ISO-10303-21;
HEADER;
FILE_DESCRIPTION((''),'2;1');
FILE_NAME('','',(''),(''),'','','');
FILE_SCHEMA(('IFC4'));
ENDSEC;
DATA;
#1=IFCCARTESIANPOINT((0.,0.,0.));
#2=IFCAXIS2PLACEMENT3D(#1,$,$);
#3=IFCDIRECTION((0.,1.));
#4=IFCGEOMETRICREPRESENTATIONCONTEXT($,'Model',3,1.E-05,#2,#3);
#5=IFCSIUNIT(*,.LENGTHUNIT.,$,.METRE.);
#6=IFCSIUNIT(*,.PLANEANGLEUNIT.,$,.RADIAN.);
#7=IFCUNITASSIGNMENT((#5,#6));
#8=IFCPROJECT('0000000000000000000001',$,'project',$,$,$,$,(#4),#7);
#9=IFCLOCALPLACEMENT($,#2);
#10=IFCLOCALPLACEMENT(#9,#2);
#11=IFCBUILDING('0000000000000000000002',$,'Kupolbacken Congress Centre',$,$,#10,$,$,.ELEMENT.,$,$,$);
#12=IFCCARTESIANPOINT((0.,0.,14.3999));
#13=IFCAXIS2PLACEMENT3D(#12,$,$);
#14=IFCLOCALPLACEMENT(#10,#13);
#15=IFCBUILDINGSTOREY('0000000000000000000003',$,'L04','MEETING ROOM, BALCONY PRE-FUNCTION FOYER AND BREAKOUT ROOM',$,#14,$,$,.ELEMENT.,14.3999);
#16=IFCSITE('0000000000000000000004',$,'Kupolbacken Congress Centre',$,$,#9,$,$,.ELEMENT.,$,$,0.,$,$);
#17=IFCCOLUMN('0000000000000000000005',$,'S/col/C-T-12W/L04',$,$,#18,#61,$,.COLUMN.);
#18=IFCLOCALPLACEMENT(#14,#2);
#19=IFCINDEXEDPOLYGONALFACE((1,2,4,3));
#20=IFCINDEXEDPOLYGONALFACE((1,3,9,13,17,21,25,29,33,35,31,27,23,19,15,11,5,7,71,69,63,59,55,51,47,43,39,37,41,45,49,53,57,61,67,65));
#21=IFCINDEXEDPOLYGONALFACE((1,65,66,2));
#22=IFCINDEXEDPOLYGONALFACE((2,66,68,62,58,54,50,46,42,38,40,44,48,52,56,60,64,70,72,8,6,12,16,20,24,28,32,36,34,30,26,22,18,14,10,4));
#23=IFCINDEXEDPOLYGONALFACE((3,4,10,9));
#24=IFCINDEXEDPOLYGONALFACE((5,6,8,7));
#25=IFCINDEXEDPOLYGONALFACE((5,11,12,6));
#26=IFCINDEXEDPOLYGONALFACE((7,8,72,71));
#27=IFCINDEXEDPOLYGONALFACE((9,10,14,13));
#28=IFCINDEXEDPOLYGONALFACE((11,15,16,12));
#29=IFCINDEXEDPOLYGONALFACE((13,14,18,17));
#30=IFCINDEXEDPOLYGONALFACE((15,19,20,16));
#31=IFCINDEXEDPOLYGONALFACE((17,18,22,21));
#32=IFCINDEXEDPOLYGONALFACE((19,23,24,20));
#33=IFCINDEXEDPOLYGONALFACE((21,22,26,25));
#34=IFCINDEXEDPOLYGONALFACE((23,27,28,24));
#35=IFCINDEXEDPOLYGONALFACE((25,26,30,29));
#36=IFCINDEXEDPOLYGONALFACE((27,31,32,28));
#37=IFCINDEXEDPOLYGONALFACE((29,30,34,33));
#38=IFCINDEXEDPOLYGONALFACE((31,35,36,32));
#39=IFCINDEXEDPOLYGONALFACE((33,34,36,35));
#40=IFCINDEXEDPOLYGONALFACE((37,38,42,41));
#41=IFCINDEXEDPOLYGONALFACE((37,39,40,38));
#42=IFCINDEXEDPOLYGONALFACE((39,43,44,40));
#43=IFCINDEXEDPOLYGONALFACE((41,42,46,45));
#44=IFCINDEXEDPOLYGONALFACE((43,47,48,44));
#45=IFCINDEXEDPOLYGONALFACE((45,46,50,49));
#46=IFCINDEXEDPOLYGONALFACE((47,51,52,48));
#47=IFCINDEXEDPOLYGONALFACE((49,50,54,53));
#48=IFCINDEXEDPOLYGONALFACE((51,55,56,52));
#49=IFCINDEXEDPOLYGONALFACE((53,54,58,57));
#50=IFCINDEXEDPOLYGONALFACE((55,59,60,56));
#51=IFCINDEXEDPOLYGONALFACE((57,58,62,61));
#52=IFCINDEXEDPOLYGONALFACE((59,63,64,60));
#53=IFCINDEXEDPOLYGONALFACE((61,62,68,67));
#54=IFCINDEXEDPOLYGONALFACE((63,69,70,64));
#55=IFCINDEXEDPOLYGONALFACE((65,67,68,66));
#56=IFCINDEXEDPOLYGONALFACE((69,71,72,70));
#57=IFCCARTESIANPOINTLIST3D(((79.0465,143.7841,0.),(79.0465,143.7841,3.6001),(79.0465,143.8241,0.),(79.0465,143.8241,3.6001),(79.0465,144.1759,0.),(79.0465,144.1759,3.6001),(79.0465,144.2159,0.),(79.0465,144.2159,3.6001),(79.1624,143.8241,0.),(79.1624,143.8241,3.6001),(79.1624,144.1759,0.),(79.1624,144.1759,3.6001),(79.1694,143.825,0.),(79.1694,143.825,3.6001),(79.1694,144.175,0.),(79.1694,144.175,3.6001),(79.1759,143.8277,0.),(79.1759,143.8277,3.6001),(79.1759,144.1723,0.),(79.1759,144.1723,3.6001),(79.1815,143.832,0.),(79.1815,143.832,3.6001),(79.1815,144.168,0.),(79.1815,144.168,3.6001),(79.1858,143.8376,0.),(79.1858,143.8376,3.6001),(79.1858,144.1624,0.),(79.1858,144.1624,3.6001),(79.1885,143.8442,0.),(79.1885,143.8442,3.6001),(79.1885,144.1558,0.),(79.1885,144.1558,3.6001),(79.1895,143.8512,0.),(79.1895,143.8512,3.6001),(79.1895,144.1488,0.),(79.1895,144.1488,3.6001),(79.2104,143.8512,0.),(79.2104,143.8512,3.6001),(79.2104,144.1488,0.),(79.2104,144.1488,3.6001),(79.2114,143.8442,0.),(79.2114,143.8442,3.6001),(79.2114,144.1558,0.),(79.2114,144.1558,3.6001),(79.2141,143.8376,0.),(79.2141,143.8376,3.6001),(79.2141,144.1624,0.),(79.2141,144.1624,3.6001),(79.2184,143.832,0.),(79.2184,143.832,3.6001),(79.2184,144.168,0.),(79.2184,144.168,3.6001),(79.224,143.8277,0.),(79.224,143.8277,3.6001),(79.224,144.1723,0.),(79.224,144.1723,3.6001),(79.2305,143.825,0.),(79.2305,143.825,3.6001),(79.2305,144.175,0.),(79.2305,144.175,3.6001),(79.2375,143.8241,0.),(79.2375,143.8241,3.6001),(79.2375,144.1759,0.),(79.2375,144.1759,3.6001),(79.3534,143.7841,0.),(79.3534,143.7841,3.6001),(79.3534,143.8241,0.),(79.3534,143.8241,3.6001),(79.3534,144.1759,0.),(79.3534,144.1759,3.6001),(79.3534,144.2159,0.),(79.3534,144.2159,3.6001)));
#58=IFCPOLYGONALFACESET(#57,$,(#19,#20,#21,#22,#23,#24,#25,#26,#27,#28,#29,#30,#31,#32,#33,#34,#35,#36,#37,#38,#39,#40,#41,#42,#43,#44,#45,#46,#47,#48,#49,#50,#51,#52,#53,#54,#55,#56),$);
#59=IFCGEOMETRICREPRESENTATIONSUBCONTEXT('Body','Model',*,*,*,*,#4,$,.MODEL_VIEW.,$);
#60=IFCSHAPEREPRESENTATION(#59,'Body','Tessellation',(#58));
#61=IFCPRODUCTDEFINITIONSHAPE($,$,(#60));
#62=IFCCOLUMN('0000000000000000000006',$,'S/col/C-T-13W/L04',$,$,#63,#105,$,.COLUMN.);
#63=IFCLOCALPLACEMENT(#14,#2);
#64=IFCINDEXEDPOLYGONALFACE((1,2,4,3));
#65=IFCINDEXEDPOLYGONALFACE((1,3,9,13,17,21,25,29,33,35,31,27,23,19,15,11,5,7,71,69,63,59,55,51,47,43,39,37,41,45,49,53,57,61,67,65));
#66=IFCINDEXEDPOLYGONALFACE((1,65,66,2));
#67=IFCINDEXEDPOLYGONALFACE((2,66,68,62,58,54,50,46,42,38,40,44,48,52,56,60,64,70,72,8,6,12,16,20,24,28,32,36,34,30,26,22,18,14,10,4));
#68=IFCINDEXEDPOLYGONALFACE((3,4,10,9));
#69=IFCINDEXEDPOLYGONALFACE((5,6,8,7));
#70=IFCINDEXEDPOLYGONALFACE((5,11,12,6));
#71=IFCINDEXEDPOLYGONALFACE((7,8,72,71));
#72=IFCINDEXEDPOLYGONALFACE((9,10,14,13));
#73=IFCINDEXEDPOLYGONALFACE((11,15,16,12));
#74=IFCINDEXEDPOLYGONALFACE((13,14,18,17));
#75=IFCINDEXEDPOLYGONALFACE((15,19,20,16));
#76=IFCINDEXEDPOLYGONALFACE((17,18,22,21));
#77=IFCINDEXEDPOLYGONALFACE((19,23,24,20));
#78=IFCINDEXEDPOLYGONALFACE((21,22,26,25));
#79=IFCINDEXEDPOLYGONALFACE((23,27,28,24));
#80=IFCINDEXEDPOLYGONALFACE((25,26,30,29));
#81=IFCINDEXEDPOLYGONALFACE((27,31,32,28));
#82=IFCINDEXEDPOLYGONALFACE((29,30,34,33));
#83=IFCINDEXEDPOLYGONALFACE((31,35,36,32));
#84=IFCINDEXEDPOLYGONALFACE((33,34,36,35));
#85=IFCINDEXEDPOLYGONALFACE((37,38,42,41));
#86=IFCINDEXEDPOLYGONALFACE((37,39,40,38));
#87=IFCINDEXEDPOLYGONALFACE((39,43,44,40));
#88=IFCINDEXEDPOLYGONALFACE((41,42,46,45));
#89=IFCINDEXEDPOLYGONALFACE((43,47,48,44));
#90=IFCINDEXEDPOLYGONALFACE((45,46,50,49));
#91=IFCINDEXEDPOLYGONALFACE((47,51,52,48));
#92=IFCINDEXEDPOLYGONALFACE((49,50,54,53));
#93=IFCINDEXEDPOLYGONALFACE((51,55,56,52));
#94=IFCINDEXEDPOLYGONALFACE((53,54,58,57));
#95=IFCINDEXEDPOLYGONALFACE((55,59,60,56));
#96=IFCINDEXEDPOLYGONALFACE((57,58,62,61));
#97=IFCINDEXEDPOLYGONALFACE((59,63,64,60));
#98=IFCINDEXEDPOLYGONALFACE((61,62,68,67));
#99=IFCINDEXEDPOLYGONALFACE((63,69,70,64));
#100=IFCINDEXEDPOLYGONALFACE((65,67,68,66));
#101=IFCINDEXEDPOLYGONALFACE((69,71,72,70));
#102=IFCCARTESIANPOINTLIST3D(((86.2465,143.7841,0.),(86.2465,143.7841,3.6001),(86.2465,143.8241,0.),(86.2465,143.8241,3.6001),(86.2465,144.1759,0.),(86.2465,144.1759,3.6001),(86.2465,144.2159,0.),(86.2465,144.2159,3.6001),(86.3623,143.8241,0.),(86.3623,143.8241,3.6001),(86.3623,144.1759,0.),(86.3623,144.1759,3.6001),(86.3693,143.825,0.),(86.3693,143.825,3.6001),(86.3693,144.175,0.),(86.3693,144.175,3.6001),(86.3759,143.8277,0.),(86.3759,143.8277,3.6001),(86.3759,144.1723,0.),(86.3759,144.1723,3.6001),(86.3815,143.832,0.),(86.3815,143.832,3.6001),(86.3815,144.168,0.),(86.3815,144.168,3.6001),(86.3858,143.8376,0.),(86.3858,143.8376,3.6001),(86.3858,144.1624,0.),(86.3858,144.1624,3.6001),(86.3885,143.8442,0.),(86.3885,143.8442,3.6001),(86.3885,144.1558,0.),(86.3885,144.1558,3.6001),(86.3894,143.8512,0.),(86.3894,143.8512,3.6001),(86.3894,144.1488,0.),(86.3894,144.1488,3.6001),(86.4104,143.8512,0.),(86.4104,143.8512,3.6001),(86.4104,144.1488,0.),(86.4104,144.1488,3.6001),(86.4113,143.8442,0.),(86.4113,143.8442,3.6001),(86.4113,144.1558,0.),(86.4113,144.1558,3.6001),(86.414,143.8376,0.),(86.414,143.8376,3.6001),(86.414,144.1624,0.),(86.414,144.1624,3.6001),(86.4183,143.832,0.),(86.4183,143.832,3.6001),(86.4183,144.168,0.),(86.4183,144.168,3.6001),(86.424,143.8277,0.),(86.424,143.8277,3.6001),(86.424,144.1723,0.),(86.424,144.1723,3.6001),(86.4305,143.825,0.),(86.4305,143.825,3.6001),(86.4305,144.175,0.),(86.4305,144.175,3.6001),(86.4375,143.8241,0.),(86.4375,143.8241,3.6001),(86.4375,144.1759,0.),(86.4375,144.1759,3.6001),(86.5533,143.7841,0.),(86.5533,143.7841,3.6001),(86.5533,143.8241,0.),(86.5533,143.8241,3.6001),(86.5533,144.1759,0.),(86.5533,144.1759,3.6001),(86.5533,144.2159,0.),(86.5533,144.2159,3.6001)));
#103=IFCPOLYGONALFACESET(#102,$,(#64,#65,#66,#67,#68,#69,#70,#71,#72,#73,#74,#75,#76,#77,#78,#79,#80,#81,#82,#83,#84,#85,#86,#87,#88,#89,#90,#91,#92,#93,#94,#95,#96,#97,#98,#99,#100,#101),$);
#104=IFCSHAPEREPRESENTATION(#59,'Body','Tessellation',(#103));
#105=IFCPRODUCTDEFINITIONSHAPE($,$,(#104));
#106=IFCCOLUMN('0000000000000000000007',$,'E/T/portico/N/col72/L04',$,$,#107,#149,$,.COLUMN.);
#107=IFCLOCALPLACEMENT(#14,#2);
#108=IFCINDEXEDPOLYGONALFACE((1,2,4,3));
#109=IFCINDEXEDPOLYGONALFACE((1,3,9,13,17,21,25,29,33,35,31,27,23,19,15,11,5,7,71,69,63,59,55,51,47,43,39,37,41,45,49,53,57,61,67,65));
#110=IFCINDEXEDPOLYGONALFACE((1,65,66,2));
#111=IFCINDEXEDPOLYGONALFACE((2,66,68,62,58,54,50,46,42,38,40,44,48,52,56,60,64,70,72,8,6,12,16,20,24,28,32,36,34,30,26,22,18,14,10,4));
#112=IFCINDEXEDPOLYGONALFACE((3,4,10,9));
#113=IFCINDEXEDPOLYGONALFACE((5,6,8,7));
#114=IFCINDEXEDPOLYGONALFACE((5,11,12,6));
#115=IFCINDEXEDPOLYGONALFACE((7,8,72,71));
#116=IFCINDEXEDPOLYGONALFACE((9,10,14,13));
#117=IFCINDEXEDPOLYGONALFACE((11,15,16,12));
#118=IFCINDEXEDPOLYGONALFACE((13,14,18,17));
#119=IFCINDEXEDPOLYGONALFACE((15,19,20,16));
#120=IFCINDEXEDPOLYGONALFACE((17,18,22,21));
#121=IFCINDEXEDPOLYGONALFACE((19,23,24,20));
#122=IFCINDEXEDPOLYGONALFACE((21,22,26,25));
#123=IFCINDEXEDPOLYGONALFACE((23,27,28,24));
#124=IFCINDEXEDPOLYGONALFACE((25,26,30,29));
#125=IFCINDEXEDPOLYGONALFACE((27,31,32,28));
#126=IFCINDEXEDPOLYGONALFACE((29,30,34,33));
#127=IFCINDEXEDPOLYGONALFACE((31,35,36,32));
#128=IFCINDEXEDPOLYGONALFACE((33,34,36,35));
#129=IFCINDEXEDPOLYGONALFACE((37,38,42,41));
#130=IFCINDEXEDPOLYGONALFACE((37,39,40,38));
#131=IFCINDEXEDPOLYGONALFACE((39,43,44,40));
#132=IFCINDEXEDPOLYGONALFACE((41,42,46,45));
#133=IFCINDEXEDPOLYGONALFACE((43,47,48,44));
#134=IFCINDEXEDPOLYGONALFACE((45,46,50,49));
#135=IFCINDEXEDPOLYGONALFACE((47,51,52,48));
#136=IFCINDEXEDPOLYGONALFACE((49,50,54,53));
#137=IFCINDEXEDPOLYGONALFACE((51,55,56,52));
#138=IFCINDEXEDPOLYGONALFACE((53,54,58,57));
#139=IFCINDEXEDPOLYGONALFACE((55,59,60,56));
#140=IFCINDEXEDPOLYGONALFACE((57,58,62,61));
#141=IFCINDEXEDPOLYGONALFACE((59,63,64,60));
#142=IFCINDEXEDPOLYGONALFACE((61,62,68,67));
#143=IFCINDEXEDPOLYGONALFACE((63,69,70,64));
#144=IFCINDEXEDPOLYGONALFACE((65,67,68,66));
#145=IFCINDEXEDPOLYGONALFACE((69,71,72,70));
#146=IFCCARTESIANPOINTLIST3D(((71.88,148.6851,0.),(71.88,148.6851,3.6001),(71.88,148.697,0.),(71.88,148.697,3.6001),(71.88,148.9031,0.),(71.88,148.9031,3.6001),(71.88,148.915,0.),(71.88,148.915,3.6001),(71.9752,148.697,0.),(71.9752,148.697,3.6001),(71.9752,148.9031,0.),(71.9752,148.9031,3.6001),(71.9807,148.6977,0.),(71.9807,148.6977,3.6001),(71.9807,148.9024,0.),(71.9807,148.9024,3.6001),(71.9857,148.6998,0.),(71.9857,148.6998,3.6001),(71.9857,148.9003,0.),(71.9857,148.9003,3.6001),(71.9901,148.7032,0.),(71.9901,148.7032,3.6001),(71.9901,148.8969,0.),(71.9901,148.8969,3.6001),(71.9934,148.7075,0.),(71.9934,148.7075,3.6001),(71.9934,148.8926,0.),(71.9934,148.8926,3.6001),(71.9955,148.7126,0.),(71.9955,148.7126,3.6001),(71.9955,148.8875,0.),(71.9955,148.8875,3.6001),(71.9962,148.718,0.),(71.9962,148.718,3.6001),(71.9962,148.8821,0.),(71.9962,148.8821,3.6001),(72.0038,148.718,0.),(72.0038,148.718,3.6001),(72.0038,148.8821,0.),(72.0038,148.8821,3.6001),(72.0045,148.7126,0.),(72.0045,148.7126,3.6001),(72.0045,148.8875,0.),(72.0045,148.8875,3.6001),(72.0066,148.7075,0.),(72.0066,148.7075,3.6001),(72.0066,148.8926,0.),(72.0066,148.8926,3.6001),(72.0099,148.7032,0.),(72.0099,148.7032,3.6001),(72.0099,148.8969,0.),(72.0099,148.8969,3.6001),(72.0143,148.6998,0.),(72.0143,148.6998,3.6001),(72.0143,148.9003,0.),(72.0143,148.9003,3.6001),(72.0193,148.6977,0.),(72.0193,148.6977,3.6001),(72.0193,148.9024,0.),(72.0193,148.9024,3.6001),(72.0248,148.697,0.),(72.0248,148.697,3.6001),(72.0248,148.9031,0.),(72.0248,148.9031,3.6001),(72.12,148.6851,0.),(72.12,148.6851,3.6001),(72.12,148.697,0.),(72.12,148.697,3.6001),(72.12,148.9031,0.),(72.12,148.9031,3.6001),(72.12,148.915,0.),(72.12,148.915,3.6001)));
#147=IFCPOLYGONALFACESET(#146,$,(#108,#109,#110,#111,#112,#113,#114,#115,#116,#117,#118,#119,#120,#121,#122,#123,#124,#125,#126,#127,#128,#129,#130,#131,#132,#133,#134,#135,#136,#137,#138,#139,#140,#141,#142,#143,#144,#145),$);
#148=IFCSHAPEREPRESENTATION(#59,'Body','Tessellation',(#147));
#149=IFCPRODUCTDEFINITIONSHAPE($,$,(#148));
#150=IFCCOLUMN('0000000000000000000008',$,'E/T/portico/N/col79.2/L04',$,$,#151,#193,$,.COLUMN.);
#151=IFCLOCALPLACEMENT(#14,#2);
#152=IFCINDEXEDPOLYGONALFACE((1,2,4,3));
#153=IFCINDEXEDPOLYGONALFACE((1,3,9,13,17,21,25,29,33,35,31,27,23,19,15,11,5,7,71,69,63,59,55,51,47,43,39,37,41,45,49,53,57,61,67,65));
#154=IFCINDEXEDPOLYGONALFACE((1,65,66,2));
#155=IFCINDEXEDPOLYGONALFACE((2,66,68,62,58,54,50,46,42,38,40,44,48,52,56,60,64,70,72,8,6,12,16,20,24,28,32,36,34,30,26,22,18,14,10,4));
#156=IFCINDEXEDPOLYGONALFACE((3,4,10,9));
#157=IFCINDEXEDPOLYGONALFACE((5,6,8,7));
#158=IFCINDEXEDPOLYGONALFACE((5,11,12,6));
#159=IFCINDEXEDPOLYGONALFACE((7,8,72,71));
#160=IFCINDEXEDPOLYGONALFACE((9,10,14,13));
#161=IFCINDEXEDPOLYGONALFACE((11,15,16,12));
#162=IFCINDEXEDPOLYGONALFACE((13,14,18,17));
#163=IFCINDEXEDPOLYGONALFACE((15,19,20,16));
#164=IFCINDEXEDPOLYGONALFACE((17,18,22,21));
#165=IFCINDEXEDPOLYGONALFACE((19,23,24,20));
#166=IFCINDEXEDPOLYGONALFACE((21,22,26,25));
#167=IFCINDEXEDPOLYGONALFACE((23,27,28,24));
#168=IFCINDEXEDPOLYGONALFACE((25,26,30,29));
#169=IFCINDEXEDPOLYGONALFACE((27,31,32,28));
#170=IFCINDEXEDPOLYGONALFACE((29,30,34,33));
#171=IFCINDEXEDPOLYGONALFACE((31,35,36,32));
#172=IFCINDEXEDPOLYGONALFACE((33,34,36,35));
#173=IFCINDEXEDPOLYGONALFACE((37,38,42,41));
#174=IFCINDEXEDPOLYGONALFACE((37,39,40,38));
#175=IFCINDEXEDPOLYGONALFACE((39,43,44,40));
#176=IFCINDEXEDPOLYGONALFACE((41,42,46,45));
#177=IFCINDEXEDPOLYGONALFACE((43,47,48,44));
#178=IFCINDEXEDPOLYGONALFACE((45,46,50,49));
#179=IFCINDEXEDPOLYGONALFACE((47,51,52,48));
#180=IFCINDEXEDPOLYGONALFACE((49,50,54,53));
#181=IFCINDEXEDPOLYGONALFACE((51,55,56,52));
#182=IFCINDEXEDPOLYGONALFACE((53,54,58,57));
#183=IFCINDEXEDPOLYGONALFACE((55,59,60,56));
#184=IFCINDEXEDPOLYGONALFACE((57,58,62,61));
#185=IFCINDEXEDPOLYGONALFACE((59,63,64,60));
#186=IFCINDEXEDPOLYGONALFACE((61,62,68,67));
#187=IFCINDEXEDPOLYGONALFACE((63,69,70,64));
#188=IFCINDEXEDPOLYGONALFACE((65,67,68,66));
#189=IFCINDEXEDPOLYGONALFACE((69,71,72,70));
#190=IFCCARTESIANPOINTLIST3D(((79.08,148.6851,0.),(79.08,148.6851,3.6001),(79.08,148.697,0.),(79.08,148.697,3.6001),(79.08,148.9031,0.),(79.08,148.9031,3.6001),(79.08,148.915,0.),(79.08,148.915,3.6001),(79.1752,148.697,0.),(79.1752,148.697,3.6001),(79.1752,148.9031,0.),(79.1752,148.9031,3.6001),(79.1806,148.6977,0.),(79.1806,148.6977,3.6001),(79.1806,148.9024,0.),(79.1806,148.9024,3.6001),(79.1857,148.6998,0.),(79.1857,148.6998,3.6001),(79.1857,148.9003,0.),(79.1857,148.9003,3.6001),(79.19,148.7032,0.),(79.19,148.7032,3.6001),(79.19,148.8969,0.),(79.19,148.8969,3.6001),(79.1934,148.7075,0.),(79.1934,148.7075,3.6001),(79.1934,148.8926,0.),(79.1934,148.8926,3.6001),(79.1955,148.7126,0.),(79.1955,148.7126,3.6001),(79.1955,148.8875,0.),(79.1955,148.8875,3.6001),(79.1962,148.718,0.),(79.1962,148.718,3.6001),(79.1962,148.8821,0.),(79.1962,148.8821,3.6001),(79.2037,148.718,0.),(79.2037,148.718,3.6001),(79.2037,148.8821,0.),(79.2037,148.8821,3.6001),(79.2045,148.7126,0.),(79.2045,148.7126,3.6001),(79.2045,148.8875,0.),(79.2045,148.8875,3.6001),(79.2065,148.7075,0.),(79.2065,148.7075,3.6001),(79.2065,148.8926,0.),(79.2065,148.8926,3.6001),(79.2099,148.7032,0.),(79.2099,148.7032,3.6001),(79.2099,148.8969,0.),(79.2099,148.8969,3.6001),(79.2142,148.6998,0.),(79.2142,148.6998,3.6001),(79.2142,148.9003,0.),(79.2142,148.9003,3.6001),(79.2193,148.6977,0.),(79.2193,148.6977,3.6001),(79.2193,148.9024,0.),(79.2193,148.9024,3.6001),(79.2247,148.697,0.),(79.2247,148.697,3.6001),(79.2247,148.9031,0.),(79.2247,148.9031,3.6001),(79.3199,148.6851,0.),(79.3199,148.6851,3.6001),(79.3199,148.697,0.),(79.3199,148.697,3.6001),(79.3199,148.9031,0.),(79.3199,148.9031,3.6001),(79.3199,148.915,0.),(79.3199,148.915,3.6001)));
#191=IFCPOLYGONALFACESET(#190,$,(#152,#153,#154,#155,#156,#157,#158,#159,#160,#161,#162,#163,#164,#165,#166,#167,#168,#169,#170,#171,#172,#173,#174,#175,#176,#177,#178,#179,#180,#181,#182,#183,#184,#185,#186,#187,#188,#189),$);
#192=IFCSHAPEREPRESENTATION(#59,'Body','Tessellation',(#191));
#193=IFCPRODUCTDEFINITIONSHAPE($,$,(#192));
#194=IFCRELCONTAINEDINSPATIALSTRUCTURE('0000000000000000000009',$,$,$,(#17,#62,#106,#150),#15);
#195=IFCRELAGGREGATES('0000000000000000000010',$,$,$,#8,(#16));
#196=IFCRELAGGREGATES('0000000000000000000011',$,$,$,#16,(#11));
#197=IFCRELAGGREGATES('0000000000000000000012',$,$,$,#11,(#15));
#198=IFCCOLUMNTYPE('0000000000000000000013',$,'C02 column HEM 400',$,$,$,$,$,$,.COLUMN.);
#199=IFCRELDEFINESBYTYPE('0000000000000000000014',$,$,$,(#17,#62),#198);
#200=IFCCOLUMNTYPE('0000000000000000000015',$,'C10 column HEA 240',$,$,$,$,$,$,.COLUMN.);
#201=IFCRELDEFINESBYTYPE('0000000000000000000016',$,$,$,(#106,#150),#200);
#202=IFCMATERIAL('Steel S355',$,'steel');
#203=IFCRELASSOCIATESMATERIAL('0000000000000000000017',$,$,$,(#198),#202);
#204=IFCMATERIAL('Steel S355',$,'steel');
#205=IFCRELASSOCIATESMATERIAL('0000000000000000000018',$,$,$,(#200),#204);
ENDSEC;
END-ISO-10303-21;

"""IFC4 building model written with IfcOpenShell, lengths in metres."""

from ifc_helpers import new_model, si_unit, direction, frame, origin, origin_2d, place, context, subcontext, project, spatial, i_section, extrude, material, material_profile, profile_set, type_object, element, save


model = new_model("IFC4")

# Units and contexts
model_context = context("Model", 3, precision=1e-05, world=origin(), true_north=direction((0.0, 1.0)))
body_context = subcontext(model_context, "Body", "Model", "MODEL_VIEW")
ifc_project = project(units=[si_unit("LENGTHUNIT", "METRE"), si_unit("PLANEANGLEUNIT", "RADIAN")], contexts=[model_context])

# Site, building, storey
site_placement = place(None, origin())
site = spatial("IfcSite", under=ifc_project, at=site_placement, Name="Kupolbacken Congress Centre", CompositionType="ELEMENT", RefElevation=0.0)
building_placement = place(site_placement, origin())
building = spatial("IfcBuilding", under=site, at=building_placement, Name="Kupolbacken Congress Centre", CompositionType="ELEMENT")
storey_placement = place(building_placement, frame((0.0, 0.0, 14.3999)))
storey = spatial("IfcBuildingStorey", under=building, at=storey_placement, Name="L04", Description="MEETING ROOM, BALCONY PRE-FUNCTION FOYER AND BREAKOUT ROOM", CompositionType="ELEMENT", Elevation=14.3999)

# Columns
ifc_material_1 = material(Name="Steel S355", Category="steel")
ifc_material_profile_1 = material_profile(ifc_material_1, i_section(OverallWidth=0.3069, OverallDepth=0.4319, WebThickness=0.021, FlangeThickness=0.04, FilletRadius=0.0271, at=origin_2d()), Name="HEM 400")
ifc_profile_set_1 = profile_set([ifc_material_profile_1], Name="Steel S355")
column_type_1 = type_object("IfcColumnType", Name="C02 column HEM 400", PredefinedType="COLUMN", material=ifc_profile_set_1)
for number, where, z_axis, x_axis, name in (
    (1, (79.2, 144.0, 0.0), (0.0, 0.0, 1.0), (1.0, 0.0, 0.0), "S/col/C-T-12W/L04"),
    (2, (86.3999, 144.0, 0.0), (0.0, 0.0, 1.0), (1.0, 0.0, 0.0), "S/col/C-T-13W/L04"),
):
    element("IfcColumn", number, at=place(storey_placement, frame(where, z_axis=z_axis, x_axis=x_axis)), inside=storey, type_object=column_type_1, Name=name, PredefinedType="COLUMN", context=body_context, shape_type="SweptSolid", body=[
        extrude(i_section(OverallWidth=0.3069, OverallDepth=0.4319, WebThickness=0.021, FlangeThickness=0.04, FilletRadius=0.0271, at=origin_2d()), origin(), (0.0, 0.0, 1.0), 3.6001),
    ])
ifc_material_2 = material(Name="Steel S355", Category="steel")
ifc_material_profile_2 = material_profile(ifc_material_2, i_section(OverallWidth=0.24, OverallDepth=0.23, WebThickness=0.0076, FlangeThickness=0.012, FilletRadius=0.021, at=origin_2d()), Name="HEA 240")
ifc_profile_set_2 = profile_set([ifc_material_profile_2], Name="Steel S355")
column_type_2 = type_object("IfcColumnType", Name="C10 column HEA 240", PredefinedType="COLUMN", material=ifc_profile_set_2)
for number, where, z_axis, x_axis, name in (
    (3, (72.0, 148.8, 0.0), (0.0, 0.0, 1.0), (1.0, 0.0, 0.0), "E/T/portico/N/col72/L04"),
    (4, (79.2, 148.8, 0.0), (0.0, 0.0, 1.0), (1.0, 0.0, 0.0), "E/T/portico/N/col79.2/L04"),
):
    element("IfcColumn", number, at=place(storey_placement, frame(where, z_axis=z_axis, x_axis=x_axis)), inside=storey, type_object=column_type_2, Name=name, PredefinedType="COLUMN", context=body_context, shape_type="SweptSolid", body=[
        extrude(i_section(OverallWidth=0.24, OverallDepth=0.23, WebThickness=0.0076, FlangeThickness=0.012, FilletRadius=0.021, at=origin_2d()), origin(), (0.0, 0.0, 1.0), 3.6001),
    ])

save(model, "model.ifc")
